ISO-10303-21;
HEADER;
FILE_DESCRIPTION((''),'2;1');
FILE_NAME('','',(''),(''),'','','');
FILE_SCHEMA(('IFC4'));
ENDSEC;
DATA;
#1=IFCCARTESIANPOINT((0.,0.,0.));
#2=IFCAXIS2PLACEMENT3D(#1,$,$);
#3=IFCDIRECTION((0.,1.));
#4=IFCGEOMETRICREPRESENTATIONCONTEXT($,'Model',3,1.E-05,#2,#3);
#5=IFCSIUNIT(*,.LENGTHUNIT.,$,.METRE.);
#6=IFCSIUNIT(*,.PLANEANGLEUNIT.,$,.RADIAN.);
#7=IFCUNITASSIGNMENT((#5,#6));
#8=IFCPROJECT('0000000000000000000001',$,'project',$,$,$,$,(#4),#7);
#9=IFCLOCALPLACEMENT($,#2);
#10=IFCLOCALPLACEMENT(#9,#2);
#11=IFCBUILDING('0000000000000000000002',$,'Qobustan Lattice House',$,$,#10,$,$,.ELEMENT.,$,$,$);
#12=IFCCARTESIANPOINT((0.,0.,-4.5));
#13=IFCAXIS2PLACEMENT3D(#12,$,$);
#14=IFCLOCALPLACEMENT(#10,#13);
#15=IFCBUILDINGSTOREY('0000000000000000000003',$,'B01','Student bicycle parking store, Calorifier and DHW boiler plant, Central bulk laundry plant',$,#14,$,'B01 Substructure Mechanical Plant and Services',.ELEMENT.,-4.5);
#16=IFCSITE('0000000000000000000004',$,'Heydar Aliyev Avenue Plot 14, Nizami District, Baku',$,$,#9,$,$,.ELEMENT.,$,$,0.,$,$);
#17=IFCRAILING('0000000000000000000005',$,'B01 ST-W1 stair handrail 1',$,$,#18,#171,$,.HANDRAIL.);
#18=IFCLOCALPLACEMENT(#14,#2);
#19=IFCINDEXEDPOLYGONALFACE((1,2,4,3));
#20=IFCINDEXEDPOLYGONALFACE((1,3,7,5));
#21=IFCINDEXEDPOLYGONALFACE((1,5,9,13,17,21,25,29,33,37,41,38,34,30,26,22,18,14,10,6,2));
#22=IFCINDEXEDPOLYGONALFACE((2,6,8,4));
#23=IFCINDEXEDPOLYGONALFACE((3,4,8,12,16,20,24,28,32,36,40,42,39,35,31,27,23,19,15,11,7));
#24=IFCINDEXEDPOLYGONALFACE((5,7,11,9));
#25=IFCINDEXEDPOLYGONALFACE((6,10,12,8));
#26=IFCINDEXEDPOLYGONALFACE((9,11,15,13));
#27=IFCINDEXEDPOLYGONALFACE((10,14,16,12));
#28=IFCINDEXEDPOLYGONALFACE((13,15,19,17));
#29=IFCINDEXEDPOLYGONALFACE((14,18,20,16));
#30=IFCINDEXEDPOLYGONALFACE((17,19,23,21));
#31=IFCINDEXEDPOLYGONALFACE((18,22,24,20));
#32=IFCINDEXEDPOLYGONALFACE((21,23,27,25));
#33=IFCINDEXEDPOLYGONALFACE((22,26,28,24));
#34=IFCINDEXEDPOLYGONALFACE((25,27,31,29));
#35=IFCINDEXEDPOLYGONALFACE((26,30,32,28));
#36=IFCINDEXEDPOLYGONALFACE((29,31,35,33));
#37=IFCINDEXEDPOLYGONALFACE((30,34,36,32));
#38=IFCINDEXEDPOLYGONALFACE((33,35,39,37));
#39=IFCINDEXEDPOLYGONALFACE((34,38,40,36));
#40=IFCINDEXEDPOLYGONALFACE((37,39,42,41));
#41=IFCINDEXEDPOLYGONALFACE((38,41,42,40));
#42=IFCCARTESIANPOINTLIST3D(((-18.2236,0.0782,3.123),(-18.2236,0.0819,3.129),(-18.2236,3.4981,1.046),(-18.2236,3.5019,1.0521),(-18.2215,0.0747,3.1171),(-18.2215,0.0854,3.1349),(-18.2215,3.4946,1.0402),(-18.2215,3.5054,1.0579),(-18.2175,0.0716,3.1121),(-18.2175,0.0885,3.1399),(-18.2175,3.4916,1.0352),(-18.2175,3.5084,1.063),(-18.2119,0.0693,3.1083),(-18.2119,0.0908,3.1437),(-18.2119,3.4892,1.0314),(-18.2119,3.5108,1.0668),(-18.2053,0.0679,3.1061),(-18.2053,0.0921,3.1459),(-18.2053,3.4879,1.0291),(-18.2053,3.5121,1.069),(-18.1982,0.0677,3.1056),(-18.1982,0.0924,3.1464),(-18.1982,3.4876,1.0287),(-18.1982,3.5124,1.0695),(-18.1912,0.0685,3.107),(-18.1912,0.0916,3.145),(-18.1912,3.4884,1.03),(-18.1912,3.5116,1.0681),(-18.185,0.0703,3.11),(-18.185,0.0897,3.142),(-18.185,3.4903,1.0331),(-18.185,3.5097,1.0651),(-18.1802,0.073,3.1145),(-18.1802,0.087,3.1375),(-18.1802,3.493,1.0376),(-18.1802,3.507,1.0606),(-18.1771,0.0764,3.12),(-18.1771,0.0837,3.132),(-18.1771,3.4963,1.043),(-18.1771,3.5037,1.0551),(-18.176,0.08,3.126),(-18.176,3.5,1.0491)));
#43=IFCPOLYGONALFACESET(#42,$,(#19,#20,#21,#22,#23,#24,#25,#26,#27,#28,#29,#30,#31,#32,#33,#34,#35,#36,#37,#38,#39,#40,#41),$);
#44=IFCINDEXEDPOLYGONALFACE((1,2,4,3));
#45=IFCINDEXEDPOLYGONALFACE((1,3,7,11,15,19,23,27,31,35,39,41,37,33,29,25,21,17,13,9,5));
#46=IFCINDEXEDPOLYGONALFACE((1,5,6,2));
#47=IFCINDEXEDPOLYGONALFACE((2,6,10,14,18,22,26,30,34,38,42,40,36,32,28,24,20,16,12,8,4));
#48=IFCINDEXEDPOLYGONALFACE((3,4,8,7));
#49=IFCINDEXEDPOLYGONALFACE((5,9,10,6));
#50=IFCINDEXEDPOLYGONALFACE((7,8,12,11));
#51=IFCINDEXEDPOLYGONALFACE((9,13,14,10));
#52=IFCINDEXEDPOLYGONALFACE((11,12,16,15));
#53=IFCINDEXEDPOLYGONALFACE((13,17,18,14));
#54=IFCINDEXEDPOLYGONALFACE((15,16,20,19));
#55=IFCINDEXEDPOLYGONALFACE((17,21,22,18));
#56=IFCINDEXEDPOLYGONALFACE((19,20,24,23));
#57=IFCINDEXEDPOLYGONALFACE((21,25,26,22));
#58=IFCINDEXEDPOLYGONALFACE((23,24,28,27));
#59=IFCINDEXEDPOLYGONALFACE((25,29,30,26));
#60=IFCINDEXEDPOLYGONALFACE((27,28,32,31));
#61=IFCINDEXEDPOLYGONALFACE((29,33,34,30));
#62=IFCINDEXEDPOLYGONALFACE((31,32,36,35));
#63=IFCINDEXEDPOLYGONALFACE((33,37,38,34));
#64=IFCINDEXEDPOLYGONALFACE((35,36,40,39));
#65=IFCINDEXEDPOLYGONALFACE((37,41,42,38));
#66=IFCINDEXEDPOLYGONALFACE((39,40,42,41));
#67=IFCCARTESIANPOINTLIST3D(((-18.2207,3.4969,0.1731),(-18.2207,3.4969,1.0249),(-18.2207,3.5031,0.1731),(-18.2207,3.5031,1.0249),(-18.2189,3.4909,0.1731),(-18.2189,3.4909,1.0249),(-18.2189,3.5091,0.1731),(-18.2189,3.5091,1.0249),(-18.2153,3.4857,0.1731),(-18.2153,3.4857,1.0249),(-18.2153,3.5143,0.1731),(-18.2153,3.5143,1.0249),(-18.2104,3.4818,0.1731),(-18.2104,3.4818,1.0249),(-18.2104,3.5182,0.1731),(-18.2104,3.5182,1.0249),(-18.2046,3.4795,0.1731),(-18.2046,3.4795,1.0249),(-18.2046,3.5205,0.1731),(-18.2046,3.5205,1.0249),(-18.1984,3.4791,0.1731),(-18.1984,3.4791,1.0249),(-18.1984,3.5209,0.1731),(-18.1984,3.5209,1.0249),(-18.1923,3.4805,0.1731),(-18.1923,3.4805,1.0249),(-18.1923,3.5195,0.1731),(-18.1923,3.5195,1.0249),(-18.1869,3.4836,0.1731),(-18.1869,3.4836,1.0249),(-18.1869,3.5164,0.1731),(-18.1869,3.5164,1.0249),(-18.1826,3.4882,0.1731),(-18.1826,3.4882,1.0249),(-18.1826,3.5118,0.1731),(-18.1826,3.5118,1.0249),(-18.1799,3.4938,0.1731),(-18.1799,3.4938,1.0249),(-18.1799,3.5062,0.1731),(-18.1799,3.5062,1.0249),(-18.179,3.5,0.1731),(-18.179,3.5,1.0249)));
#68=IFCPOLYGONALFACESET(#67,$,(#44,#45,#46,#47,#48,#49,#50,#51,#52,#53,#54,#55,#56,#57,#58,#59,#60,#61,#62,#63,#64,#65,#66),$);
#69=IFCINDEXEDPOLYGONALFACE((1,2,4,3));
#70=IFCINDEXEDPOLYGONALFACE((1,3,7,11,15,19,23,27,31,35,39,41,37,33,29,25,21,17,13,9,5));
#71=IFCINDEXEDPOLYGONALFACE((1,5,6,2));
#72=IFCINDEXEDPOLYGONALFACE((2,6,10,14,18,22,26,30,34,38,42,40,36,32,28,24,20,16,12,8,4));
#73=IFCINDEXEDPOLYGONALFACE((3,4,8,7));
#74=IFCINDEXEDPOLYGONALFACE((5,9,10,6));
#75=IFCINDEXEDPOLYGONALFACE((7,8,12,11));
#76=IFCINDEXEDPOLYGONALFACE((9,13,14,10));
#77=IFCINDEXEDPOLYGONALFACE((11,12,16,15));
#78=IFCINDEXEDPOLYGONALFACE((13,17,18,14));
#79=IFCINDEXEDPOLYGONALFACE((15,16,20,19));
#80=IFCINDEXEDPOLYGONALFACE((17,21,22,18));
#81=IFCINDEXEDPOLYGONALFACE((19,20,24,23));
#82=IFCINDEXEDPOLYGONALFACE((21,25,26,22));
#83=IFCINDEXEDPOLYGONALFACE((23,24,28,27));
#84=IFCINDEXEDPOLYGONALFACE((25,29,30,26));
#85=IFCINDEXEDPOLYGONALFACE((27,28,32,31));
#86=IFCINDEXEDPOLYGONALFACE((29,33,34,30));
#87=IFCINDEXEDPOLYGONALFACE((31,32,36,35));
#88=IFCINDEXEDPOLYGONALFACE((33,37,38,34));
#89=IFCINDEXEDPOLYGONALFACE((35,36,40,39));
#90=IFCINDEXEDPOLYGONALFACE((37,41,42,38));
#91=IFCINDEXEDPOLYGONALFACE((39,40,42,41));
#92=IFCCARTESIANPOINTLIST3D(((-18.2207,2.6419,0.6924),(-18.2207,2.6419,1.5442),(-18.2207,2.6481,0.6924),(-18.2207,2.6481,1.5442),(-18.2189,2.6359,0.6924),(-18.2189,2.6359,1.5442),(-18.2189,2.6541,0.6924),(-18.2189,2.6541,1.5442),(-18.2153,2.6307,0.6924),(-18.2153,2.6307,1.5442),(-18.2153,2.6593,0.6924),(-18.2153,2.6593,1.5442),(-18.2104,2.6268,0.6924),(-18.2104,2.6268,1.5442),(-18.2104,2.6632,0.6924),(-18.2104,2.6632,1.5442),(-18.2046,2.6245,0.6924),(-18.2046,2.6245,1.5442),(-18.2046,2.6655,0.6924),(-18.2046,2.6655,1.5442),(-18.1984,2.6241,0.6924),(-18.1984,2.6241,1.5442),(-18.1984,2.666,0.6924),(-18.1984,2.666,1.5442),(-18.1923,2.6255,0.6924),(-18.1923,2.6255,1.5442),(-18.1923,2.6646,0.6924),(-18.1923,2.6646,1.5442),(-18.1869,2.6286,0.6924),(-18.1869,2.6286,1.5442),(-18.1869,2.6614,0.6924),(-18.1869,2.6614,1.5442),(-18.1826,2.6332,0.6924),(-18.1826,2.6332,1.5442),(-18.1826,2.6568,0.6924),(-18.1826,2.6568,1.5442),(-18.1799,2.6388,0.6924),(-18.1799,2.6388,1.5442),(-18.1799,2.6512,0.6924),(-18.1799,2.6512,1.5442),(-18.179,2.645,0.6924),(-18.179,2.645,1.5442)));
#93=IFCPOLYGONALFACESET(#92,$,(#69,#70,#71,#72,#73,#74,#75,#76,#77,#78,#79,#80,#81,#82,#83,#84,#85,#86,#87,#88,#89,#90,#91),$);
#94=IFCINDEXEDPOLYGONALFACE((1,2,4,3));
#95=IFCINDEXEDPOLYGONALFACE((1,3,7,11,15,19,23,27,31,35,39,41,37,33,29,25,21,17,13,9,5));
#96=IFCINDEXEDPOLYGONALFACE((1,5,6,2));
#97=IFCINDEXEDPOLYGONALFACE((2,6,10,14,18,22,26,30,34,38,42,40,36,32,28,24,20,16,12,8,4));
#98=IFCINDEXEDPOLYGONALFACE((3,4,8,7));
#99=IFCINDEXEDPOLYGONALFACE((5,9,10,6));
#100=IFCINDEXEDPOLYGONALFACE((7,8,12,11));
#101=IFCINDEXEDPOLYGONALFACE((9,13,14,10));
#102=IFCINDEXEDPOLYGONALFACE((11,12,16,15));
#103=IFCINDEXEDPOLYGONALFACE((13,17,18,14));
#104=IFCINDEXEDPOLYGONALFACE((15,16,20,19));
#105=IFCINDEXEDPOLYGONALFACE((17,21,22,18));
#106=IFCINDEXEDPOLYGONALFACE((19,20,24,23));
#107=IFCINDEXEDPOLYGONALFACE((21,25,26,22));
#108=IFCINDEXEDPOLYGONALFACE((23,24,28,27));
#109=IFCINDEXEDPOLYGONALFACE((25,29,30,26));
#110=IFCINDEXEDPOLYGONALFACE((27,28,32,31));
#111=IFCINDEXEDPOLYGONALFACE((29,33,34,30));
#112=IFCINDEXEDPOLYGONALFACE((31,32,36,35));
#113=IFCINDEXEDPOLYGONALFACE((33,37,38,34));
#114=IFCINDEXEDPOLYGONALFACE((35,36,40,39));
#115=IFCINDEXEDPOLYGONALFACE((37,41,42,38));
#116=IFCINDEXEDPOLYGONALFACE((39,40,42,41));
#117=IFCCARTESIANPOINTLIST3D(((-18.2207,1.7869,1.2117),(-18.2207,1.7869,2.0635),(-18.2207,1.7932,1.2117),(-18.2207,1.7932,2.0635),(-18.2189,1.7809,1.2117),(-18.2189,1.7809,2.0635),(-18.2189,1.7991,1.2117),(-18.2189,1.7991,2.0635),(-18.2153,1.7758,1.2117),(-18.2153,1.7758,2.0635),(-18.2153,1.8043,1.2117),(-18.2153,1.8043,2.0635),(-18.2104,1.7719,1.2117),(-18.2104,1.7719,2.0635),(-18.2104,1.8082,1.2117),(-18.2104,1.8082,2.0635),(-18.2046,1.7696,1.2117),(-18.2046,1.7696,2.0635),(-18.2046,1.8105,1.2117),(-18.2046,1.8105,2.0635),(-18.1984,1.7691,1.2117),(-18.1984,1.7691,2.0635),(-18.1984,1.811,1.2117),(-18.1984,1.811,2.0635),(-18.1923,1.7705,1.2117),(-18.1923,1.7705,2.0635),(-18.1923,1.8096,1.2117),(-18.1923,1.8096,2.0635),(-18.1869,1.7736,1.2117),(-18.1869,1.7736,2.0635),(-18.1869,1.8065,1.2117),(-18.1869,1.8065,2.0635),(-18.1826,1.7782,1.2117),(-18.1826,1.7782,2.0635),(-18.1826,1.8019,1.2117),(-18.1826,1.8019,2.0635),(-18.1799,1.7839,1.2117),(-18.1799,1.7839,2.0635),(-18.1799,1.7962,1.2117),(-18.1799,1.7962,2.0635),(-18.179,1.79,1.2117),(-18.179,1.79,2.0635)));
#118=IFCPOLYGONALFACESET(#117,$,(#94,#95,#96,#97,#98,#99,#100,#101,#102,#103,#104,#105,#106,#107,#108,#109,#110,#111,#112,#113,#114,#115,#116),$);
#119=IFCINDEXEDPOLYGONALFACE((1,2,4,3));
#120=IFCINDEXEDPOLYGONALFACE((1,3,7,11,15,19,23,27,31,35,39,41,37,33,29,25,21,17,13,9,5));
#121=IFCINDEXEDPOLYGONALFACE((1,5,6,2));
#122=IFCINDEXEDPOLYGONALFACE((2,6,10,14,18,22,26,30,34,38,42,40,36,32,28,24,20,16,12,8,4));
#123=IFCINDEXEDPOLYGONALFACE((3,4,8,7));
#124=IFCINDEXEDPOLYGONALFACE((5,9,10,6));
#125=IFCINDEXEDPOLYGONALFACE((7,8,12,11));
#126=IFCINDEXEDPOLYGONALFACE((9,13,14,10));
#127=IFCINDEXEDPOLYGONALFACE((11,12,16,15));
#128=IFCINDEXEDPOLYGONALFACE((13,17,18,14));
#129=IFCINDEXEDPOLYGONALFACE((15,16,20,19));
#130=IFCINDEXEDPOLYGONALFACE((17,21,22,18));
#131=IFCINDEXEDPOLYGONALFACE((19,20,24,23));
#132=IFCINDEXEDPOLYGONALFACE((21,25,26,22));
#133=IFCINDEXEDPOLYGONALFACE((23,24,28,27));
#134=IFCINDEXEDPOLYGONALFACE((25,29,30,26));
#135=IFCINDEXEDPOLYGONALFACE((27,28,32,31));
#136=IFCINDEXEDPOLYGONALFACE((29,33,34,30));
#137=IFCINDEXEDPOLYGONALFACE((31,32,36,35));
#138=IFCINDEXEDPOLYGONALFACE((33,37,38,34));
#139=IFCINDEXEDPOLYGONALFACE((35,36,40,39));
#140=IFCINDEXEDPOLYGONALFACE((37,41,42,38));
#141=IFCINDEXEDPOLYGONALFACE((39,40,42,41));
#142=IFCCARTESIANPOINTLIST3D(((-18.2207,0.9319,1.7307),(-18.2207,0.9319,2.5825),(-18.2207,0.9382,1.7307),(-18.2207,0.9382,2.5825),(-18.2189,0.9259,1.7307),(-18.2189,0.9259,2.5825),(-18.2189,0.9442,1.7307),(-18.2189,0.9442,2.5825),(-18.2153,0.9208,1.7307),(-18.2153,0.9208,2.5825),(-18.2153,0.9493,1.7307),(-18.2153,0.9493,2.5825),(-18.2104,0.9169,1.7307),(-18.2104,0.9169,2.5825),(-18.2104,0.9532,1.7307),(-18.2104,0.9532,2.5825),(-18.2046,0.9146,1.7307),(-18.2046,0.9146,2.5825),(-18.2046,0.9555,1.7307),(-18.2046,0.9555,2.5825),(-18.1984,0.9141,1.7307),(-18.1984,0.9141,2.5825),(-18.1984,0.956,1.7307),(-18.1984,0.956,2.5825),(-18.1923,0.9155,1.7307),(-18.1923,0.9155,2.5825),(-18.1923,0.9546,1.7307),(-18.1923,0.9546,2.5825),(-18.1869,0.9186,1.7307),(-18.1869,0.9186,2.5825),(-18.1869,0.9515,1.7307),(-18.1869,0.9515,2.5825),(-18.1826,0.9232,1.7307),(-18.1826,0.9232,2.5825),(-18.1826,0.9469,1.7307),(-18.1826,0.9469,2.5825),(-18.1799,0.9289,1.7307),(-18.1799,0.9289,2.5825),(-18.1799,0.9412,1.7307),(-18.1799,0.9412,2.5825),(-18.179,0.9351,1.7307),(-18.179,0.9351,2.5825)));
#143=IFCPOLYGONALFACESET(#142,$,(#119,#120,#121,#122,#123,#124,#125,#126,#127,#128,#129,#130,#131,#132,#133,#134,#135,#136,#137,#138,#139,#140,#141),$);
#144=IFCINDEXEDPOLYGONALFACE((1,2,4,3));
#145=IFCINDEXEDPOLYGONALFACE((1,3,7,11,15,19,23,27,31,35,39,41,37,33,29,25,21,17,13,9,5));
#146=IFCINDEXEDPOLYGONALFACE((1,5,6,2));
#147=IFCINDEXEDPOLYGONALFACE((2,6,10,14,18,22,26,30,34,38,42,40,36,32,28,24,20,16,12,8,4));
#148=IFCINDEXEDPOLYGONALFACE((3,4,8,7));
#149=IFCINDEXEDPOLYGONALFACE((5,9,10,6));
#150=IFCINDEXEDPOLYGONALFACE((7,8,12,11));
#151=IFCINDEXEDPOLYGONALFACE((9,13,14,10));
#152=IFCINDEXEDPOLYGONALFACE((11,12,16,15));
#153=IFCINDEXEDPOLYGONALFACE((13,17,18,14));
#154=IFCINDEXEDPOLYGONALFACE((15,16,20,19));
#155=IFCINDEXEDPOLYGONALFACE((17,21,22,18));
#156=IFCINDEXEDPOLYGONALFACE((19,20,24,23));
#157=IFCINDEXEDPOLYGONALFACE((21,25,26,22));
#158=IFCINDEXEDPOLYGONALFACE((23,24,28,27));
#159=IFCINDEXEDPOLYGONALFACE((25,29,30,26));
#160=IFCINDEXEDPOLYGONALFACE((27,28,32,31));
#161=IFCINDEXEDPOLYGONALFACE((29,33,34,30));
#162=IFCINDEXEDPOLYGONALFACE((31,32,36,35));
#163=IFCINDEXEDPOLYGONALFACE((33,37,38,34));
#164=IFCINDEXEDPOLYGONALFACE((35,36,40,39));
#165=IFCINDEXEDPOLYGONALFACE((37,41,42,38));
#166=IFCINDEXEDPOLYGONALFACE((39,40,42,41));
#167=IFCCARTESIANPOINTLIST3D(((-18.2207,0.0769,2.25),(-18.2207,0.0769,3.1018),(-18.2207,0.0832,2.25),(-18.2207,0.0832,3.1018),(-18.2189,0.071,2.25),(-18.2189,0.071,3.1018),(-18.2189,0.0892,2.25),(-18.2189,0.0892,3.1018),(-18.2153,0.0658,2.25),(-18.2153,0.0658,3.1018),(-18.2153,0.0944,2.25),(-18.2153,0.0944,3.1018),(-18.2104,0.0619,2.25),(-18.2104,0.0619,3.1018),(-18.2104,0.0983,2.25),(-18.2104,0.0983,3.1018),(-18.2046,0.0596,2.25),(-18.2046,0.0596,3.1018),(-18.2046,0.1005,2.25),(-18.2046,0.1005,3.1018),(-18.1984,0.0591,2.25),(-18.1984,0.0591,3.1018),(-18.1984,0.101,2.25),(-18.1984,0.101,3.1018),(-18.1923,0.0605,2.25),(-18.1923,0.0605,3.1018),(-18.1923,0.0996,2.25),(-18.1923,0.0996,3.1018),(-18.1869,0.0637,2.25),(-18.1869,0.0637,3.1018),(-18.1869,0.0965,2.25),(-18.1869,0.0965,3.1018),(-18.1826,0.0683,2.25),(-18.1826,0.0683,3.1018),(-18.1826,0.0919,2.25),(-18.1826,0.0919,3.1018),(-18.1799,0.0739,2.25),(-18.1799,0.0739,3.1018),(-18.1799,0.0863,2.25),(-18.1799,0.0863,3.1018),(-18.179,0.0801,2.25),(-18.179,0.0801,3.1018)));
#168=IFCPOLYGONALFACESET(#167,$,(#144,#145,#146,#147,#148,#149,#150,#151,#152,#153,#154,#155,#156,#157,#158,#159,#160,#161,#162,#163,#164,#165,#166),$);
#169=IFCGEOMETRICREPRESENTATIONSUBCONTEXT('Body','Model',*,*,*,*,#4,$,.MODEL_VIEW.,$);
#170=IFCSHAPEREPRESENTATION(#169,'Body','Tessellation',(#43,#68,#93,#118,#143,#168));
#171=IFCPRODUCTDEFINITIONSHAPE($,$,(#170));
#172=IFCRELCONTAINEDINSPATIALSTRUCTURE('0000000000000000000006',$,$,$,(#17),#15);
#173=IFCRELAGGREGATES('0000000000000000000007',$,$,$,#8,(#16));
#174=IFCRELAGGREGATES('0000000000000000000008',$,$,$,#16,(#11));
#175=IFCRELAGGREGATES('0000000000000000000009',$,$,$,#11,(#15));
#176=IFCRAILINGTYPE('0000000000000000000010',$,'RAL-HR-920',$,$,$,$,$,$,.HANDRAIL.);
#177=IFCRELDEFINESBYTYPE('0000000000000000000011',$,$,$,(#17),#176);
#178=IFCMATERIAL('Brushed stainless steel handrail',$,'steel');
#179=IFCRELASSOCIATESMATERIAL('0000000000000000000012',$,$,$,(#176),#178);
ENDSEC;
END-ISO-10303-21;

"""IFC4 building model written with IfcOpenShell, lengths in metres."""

from ifc_helpers import new_model, si_unit, direction, frame, origin, origin_2d, place, context, subcontext, project, spatial, circle, extrude, material, type_object, element, save


model = new_model("IFC4")

# Units and contexts
model_context = context("Model", 3, precision=1e-05, world=origin(), true_north=direction((0.0, 1.0)))
body_context = subcontext(model_context, "Body", "Model", "MODEL_VIEW")
ifc_project = project(units=[si_unit("LENGTHUNIT", "METRE"), si_unit("PLANEANGLEUNIT", "RADIAN")], contexts=[model_context])

# Site, building, storey
site_placement = place(None, origin())
site = spatial("IfcSite", under=ifc_project, at=site_placement, Name="Heydar Aliyev Avenue Plot 14, Nizami District, Baku", CompositionType="ELEMENT", RefElevation=0.0)
building_placement = place(site_placement, origin())
building = spatial("IfcBuilding", under=site, at=building_placement, Name="Qobustan Lattice House", CompositionType="ELEMENT")
storey_placement = place(building_placement, frame((0.0, 0.0, -4.5)))
storey = spatial("IfcBuildingStorey", under=building, at=storey_placement, Name="B01", Description="Student bicycle parking store, Calorifier and DHW boiler plant, Central bulk laundry plant", LongName="B01 Substructure Mechanical Plant and Services", CompositionType="ELEMENT", Elevation=-4.5)

# Railing
ifc_material_1 = material(Name="Brushed stainless steel handrail", Category="steel")
railing_type_1 = type_object("IfcRailingType", Name="RAL-HR-920", PredefinedType="HANDRAIL", material=ifc_material_1)
railing_1_placement = place(storey_placement, frame((-18.2, 3.5, 0.1731)))
element("IfcRailing", 1, at=railing_1_placement, inside=storey, type_object=railing_type_1, Name="B01 ST-W1 stair handrail 1", PredefinedType="HANDRAIL", context=body_context, shape_type="SweptSolid", body=[
    extrude(circle(Radius=0.0239, at=origin_2d()), frame((0.0, 0.0, 0.876), z_axis=(0.0, -0.85473, 0.519074), x_axis=(1.0, 0.0, 0.0)), (0.0, 0.0, 1.0), 4.0012),
    extrude(circle(Radius=0.021, at=origin_2d()), origin(), (0.0, 0.0, 1.0), 0.8518),
    extrude(circle(Radius=0.021, at=origin_2d()), frame((0.0, -0.855, 0.5193)), (0.0, 0.0, 1.0), 0.8518),
    extrude(circle(Radius=0.021, at=origin_2d()), frame((0.0, -1.71, 1.0386)), (0.0, 0.0, 1.0), 0.8518),
    extrude(circle(Radius=0.021, at=origin_2d()), frame((0.0, -2.5649, 1.5576)), (0.0, 0.0, 1.0), 0.8518),
    extrude(circle(Radius=0.021, at=origin_2d()), frame((0.0, -3.4199, 2.0769)), (0.0, 0.0, 1.0), 0.8518),
])

save(model, "model.ifc")
